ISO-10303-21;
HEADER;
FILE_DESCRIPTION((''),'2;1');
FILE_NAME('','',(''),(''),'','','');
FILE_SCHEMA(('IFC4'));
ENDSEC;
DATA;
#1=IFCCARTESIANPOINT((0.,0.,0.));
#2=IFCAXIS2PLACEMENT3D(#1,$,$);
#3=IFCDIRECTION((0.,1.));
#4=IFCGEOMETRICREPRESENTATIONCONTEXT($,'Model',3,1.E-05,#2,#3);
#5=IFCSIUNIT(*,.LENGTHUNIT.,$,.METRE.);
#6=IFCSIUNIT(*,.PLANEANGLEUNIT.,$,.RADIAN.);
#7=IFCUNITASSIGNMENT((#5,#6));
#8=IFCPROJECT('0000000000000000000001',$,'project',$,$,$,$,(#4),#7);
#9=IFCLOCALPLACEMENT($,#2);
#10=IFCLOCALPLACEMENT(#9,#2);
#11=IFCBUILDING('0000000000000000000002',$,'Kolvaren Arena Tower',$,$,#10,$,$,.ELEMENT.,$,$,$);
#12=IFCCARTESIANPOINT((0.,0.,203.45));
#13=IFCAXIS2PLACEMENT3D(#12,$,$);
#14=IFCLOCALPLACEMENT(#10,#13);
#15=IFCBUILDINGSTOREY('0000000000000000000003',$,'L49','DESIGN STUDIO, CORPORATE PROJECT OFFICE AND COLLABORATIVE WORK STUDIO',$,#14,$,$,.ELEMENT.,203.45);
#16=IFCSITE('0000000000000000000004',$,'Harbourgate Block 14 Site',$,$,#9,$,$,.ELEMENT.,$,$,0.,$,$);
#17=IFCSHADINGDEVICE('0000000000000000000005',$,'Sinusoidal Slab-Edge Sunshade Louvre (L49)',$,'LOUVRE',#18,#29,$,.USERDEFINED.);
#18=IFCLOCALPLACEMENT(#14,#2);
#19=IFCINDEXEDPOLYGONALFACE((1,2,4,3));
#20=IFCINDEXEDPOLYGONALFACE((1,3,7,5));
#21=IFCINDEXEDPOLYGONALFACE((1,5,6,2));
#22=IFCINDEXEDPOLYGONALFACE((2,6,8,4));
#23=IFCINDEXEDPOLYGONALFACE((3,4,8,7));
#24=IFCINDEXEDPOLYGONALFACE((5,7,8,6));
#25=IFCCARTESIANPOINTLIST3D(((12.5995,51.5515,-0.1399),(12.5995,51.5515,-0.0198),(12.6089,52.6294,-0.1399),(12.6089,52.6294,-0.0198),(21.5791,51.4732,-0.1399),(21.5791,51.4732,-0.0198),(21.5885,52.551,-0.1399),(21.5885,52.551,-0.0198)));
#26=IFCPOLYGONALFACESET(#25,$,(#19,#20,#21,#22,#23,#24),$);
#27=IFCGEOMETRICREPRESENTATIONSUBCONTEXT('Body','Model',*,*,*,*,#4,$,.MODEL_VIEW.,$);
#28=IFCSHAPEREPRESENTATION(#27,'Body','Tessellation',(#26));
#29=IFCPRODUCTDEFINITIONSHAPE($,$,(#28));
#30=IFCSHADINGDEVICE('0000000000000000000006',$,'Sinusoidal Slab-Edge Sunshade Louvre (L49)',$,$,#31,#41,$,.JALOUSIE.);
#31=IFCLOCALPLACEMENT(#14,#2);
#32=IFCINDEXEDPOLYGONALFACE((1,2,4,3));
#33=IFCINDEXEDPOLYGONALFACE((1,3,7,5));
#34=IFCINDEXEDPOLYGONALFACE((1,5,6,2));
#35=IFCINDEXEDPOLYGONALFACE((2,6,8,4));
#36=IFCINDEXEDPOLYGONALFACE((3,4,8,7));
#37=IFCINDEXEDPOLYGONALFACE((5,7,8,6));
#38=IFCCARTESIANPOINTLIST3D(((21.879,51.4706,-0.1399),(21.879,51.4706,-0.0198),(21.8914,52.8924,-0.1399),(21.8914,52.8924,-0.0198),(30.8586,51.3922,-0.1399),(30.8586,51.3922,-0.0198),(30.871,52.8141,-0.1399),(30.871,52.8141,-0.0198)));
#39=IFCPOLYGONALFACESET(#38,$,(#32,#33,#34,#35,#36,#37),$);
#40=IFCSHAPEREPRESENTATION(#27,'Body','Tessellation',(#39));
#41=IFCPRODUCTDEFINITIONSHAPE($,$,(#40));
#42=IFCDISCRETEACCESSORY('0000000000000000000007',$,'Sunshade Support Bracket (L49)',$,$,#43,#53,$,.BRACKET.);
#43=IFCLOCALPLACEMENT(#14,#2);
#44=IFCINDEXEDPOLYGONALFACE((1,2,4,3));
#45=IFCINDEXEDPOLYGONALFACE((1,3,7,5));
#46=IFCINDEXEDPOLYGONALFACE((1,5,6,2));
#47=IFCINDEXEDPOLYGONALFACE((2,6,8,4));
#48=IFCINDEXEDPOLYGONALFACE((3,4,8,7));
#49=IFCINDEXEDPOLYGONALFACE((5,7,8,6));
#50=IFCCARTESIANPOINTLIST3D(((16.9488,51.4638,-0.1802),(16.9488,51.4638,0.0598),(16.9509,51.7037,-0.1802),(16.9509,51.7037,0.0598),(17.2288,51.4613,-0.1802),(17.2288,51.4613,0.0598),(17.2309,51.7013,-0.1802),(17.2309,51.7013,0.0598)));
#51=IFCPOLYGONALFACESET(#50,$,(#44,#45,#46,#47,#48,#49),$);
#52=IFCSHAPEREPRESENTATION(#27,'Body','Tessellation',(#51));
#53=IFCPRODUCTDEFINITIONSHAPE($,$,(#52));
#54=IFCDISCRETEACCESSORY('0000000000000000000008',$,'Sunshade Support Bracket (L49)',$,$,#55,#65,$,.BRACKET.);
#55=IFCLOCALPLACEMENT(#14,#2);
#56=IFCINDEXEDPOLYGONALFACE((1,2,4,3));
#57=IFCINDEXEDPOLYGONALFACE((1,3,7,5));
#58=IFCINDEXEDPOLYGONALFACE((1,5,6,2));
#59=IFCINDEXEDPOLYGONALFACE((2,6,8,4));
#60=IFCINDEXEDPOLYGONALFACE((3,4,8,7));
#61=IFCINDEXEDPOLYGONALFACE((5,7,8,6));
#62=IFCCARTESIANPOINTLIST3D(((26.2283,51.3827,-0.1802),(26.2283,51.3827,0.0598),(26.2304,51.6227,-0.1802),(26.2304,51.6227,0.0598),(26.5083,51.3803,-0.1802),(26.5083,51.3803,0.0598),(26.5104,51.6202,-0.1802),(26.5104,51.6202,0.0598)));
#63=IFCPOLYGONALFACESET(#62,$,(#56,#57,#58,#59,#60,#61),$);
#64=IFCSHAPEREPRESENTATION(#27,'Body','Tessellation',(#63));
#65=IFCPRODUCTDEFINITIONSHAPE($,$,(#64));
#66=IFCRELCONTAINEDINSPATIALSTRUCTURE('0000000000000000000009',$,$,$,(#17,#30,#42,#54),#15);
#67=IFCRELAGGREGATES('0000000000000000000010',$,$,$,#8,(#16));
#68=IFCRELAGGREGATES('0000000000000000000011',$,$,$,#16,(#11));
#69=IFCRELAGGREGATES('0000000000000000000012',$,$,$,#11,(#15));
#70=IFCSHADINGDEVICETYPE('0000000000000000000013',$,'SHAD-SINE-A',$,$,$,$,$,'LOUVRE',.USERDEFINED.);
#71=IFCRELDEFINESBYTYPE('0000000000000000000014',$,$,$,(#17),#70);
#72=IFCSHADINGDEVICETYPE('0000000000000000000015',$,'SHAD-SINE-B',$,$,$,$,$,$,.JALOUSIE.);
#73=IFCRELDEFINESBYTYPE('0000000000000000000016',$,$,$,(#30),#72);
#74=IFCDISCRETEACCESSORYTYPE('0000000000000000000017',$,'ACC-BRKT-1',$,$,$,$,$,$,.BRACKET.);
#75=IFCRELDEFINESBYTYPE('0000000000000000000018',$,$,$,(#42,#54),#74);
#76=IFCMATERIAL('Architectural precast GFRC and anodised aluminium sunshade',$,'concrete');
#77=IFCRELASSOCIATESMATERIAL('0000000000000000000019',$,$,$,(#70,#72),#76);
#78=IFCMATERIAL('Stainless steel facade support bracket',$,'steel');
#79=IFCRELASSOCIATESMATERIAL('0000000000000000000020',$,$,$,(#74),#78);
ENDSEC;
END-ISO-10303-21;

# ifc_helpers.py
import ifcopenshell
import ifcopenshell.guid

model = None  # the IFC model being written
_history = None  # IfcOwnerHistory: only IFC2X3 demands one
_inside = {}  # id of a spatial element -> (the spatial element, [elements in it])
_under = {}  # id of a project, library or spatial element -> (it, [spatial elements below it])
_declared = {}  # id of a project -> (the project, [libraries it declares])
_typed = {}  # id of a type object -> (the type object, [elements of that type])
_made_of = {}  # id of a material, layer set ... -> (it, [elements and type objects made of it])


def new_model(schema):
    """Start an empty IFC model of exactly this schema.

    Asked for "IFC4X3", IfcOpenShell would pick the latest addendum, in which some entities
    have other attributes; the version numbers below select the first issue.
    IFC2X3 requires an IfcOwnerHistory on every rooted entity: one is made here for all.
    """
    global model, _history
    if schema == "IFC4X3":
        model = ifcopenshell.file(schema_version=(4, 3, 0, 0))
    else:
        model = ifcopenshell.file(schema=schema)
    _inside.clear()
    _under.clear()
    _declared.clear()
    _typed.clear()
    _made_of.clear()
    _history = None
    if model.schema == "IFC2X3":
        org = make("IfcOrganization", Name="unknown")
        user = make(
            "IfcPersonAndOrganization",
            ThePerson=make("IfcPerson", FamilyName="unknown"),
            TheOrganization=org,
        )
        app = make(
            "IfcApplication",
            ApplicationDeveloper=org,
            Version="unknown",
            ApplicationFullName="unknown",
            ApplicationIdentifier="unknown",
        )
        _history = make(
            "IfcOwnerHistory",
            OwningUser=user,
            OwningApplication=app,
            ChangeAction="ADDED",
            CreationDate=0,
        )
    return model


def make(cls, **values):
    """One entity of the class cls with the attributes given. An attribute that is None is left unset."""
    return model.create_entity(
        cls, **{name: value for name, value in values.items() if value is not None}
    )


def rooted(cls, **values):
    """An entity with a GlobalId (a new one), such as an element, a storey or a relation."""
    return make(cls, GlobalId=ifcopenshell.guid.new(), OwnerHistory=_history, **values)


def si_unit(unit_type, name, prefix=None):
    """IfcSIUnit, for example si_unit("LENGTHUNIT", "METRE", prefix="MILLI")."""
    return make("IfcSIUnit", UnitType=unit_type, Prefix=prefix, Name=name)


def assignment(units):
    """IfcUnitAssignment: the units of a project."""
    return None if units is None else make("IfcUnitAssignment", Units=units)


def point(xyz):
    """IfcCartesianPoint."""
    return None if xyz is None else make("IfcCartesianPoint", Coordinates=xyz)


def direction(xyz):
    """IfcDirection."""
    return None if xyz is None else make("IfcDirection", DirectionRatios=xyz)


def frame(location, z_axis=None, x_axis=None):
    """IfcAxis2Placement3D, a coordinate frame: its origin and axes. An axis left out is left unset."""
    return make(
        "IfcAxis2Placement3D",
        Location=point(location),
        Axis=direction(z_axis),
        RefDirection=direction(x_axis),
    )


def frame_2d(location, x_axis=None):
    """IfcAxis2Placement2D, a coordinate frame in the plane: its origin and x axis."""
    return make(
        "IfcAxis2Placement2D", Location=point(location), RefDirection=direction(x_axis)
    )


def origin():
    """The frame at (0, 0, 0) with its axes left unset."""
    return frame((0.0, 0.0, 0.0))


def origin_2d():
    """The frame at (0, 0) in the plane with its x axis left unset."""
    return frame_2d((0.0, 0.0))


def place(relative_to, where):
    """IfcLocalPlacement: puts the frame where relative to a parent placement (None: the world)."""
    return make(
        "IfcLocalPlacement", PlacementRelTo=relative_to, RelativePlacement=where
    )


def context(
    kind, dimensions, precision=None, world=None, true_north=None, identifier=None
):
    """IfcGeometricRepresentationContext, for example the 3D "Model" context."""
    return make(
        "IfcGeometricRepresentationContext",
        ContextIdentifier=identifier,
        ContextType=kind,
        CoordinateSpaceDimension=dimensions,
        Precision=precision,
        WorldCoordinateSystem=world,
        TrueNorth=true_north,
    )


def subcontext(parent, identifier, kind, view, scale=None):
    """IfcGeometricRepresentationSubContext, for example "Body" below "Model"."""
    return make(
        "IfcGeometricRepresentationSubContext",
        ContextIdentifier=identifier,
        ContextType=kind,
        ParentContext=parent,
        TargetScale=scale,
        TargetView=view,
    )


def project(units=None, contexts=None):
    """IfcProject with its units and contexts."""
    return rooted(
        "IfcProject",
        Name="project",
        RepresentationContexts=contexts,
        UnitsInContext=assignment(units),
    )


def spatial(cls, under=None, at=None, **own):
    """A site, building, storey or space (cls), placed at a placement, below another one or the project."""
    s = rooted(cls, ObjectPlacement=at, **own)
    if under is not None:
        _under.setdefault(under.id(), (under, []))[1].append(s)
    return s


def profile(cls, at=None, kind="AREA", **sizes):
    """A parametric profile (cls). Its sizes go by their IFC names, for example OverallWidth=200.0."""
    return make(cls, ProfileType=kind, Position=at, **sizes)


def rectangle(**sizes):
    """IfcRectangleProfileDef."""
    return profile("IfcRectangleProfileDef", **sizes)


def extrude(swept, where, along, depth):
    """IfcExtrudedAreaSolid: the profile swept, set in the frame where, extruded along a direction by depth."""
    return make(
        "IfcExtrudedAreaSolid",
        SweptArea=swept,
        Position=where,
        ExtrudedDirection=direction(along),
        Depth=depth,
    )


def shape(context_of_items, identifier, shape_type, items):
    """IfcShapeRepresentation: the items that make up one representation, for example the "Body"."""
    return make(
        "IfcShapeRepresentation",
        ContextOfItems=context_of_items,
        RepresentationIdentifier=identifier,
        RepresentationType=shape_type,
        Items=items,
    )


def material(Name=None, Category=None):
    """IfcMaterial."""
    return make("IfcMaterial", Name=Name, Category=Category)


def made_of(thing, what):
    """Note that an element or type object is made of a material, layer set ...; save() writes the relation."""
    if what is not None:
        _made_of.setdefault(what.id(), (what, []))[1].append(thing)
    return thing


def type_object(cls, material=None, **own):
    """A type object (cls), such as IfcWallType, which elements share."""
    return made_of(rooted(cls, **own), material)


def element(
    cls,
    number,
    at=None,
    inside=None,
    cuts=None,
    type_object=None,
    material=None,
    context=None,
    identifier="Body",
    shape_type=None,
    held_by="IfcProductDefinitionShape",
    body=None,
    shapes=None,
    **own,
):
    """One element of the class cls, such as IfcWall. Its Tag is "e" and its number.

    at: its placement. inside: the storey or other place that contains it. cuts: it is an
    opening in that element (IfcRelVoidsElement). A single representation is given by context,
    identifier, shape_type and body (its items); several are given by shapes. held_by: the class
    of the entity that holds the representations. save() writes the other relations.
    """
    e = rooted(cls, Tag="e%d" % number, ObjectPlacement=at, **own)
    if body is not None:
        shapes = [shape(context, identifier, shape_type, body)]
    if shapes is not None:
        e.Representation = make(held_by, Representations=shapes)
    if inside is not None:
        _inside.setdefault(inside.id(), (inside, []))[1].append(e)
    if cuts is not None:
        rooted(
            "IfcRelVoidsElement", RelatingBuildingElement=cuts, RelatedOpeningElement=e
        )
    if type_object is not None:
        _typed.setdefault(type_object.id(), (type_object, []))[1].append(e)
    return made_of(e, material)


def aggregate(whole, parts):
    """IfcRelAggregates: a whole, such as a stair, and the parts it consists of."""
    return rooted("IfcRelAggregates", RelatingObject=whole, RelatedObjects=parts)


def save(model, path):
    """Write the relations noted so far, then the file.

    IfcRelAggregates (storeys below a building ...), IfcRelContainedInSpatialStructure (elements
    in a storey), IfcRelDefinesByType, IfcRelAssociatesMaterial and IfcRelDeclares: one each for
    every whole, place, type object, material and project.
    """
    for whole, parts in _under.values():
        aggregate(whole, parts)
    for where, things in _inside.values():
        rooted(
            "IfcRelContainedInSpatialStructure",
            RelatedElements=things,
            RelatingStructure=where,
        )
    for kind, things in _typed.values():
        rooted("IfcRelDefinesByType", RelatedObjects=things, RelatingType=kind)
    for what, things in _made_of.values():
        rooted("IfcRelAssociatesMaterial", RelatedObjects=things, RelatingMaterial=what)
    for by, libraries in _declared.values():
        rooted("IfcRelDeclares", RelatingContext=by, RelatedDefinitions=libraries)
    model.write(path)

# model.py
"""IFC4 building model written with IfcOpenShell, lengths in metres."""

from ifc_helpers import new_model, si_unit, direction, frame, origin, origin_2d, place, context, subcontext, project, spatial, rectangle, extrude, material, type_object, element, save


model = new_model("IFC4")

# Units and contexts
model_context = context("Model", 3, precision=1e-05, world=origin(), true_north=direction((0.0, 1.0)))
body_context = subcontext(model_context, "Body", "Model", "MODEL_VIEW")
ifc_project = project(units=[si_unit("LENGTHUNIT", "METRE"), si_unit("PLANEANGLEUNIT", "RADIAN")], contexts=[model_context])

# Site, building, storey
site_placement = place(None, origin())
site = spatial("IfcSite", under=ifc_project, at=site_placement, Name="Harbourgate Block 14 Site", CompositionType="ELEMENT", RefElevation=0.0)
building_placement = place(site_placement, origin())
building = spatial("IfcBuilding", under=site, at=building_placement, Name="Kolvaren Arena Tower", CompositionType="ELEMENT")
storey_placement = place(building_placement, frame((0.0, 0.0, 203.45)))
storey = spatial("IfcBuildingStorey", under=building, at=storey_placement, Name="L49", Description="DESIGN STUDIO, CORPORATE PROJECT OFFICE AND COLLABORATIVE WORK STUDIO", CompositionType="ELEMENT", Elevation=203.45)

# Shading devices
ifc_material_1 = material(Name="Architectural precast GFRC and anodised aluminium sunshade", Category="concrete")
shading_device_type_1 = type_object("IfcShadingDeviceType", Name="SHAD-SINE-A", ElementType="LOUVRE", PredefinedType="USERDEFINED", material=ifc_material_1)
shading_device_1_placement = place(storey_placement, frame((17.094, 52.0513, -0.1399), z_axis=(0.0, 0.0, 1.0), x_axis=(0.999962, -0.008727, 0.0)))
element("IfcShadingDevice", 1, at=shading_device_1_placement, inside=storey, type_object=shading_device_type_1, Name="Sinusoidal Slab-Edge Sunshade Louvre (L49)", ObjectType="LOUVRE", PredefinedType="USERDEFINED", context=body_context, shape_type="SweptSolid", body=[
    extrude(rectangle(XDim=8.98, YDim=1.0779, at=origin_2d()), origin(), (0.0, 0.0, 1.0), 0.1201),
])
shading_device_type_2 = type_object("IfcShadingDeviceType", Name="SHAD-SINE-B", PredefinedType="JALOUSIE", material=ifc_material_1)
shading_device_2_placement = place(storey_placement, frame((26.375, 52.1423, -0.1399), z_axis=(0.0, 0.0, 1.0), x_axis=(0.999962, -0.008727, 0.0)))
element("IfcShadingDevice", 2, at=shading_device_2_placement, inside=storey, type_object=shading_device_type_2, Name="Sinusoidal Slab-Edge Sunshade Louvre (L49)", PredefinedType="JALOUSIE", context=body_context, shape_type="SweptSolid", body=[
    extrude(rectangle(XDim=8.98, YDim=1.4219, at=origin_2d()), origin(), (0.0, 0.0, 1.0), 0.1201),
])

# Discrete accessories
ifc_material_2 = material(Name="Stainless steel facade support bracket", Category="steel")
discrete_accessory_type = type_object("IfcDiscreteAccessoryType", Name="ACC-BRKT-1", PredefinedType="BRACKET", material=ifc_material_2)
for number, where, z_axis, x_axis, name in (
    (3, (17.0898, 51.5825, -0.1802), (0.0, 0.0, 1.0), (0.999962, -0.008727, 0.0), "Sunshade Support Bracket (L49)"),
    (4, (26.3694, 51.5015, -0.1802), (0.0, 0.0, 1.0), (0.999962, -0.008727, 0.0), "Sunshade Support Bracket (L49)"),
):
    element("IfcDiscreteAccessory", number, at=place(storey_placement, frame(where, z_axis=z_axis, x_axis=x_axis)), inside=storey, type_object=discrete_accessory_type, Name=name, PredefinedType="BRACKET", context=body_context, shape_type="SweptSolid", body=[
        extrude(rectangle(XDim=0.28, YDim=0.24, at=origin_2d()), origin(), (0.0, 0.0, 1.0), 0.24),
    ])

save(model, "model.ifc")
